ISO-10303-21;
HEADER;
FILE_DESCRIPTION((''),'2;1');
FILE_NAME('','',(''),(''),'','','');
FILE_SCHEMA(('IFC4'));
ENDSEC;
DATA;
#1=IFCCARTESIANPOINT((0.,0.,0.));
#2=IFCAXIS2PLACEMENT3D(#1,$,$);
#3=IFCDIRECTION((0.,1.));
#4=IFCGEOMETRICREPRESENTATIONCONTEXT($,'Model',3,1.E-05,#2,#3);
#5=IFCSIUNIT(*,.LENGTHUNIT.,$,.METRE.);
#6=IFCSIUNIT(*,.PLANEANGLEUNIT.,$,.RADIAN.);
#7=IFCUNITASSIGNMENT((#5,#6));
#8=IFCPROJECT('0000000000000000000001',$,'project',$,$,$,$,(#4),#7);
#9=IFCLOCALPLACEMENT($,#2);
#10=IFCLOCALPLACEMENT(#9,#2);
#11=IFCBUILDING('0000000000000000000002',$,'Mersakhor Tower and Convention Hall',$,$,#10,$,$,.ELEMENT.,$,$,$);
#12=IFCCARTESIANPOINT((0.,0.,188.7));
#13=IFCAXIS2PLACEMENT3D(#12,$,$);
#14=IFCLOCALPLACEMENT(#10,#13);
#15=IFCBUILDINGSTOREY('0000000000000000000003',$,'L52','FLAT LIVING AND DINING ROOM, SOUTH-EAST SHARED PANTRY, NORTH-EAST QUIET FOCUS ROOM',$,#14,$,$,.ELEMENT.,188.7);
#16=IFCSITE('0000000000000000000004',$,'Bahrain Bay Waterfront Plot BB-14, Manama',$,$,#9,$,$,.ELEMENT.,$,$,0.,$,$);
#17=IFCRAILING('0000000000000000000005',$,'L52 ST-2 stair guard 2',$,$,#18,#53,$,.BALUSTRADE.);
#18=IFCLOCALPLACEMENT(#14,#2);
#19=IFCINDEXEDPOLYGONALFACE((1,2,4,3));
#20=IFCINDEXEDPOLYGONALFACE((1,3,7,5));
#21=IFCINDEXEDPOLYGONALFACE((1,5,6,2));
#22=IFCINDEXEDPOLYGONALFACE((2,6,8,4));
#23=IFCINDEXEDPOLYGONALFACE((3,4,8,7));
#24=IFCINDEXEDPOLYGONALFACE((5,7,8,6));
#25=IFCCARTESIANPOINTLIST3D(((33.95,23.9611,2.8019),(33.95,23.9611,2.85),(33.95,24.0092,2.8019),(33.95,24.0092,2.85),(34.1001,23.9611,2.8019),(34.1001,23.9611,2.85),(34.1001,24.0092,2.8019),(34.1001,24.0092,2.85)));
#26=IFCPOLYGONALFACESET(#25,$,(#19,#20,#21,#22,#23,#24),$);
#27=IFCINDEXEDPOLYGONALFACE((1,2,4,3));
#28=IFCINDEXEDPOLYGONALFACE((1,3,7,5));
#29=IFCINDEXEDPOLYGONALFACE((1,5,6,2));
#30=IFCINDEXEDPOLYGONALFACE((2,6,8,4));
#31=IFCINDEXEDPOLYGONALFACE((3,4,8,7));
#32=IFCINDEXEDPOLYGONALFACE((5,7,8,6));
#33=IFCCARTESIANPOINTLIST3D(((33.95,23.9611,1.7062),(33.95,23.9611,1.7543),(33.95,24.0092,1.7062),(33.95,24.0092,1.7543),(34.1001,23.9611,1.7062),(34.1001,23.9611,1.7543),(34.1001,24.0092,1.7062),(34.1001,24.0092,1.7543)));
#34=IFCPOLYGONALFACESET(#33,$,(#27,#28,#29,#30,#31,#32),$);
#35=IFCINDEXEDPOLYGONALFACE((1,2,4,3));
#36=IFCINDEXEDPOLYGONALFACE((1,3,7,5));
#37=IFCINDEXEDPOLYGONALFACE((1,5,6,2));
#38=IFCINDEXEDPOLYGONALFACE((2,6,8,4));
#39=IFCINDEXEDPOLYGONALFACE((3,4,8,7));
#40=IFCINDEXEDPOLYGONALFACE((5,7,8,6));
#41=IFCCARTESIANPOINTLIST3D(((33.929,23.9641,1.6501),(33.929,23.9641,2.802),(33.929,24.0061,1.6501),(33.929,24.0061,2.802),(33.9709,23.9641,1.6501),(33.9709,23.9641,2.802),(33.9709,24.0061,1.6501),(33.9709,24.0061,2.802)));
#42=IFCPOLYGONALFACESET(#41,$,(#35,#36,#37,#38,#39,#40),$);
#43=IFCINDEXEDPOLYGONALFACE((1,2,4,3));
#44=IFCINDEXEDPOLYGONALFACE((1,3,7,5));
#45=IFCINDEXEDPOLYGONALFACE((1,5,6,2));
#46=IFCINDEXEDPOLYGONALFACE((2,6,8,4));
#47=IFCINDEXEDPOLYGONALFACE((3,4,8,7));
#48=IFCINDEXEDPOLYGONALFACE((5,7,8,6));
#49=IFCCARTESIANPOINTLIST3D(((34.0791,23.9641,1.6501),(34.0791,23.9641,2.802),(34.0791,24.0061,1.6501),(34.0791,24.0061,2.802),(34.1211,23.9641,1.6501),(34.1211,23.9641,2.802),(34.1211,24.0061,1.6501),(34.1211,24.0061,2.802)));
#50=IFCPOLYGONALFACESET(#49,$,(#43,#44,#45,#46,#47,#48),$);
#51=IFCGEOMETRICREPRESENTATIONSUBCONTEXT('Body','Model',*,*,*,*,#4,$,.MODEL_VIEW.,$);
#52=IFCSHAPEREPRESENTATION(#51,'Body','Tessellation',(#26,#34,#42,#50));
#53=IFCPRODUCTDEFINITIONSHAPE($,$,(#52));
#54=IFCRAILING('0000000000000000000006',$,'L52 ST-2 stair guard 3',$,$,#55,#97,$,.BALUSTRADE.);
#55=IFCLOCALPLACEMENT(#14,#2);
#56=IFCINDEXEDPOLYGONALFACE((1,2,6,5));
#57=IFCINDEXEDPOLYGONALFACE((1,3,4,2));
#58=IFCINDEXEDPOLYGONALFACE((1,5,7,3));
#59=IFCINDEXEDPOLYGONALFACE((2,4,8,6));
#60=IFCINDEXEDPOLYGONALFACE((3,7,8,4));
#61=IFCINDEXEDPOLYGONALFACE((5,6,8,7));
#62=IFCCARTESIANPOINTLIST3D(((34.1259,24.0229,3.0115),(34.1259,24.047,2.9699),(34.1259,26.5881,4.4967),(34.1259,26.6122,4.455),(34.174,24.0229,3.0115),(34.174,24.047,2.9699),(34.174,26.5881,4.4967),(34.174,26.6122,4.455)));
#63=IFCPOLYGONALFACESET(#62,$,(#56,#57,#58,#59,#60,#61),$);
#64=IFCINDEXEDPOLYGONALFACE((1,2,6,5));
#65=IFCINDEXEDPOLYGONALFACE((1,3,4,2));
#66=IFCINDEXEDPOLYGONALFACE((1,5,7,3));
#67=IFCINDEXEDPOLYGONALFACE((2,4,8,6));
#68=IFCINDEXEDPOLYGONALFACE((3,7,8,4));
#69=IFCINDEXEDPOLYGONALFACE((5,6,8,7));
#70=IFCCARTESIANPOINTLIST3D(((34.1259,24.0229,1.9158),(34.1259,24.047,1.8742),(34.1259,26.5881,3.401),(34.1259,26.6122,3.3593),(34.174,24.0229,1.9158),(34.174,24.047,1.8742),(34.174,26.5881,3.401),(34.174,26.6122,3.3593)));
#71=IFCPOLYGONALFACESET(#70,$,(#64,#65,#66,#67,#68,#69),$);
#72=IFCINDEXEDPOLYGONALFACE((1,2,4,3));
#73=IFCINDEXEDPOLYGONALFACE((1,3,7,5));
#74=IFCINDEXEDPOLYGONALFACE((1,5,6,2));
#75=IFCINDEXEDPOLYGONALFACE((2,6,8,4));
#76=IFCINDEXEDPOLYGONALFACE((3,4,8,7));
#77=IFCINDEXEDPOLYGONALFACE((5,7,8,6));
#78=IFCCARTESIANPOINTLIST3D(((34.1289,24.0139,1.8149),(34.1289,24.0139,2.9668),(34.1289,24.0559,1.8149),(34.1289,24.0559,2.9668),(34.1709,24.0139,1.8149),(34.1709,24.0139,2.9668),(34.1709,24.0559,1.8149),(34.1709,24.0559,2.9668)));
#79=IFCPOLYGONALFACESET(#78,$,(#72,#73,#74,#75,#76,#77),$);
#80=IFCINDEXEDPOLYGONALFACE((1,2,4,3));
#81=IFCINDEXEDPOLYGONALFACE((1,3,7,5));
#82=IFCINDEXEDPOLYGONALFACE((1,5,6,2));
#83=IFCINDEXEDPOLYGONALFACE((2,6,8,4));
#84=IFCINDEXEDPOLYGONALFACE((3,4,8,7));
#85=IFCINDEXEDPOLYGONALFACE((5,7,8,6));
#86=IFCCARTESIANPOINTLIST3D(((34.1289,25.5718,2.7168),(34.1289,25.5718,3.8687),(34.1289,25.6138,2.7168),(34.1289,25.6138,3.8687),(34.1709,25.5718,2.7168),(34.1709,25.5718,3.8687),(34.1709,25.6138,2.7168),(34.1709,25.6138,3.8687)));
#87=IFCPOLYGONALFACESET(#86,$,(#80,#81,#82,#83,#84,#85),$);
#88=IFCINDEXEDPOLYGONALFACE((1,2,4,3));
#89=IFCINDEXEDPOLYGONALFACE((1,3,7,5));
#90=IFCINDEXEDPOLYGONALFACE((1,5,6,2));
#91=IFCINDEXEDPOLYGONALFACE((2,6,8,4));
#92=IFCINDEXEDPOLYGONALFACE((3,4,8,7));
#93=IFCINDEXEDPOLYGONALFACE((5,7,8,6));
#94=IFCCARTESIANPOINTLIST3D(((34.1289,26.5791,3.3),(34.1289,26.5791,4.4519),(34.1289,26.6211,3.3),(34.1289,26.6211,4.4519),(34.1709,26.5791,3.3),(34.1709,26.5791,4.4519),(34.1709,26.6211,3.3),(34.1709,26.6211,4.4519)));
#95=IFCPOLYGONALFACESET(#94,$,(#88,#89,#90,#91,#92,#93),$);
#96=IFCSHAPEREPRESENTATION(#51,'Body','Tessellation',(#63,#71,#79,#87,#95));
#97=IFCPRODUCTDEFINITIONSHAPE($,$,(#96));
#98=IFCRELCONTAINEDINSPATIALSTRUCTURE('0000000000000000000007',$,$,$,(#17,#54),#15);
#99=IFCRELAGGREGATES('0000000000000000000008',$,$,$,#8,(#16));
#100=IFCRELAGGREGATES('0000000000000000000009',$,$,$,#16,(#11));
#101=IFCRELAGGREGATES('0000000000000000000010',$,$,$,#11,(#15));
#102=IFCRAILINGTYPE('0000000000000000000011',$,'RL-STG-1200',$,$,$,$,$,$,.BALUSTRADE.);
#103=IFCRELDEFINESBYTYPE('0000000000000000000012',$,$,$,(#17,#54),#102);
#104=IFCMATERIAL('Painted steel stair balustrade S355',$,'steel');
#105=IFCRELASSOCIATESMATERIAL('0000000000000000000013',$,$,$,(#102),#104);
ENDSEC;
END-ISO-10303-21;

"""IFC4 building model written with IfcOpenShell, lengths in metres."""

from ifc_helpers import new_model, si_unit, direction, frame, origin, origin_2d, place, context, subcontext, project, spatial, rectangle, extrude, material, type_object, element, save


model = new_model("IFC4")

# Units and contexts
model_context = context("Model", 3, precision=1e-05, world=origin(), true_north=direction((0.0, 1.0)))
body_context = subcontext(model_context, "Body", "Model", "MODEL_VIEW")
ifc_project = project(units=[si_unit("LENGTHUNIT", "METRE"), si_unit("PLANEANGLEUNIT", "RADIAN")], contexts=[model_context])

# Site, building, storey
site_placement = place(None, origin())
site = spatial("IfcSite", under=ifc_project, at=site_placement, Name="Bahrain Bay Waterfront Plot BB-14, Manama", CompositionType="ELEMENT", RefElevation=0.0)
building_placement = place(site_placement, origin())
building = spatial("IfcBuilding", under=site, at=building_placement, Name="Mersakhor Tower and Convention Hall", CompositionType="ELEMENT")
storey_placement = place(building_placement, frame((0.0, 0.0, 188.7)))
storey = spatial("IfcBuildingStorey", under=building, at=storey_placement, Name="L52", Description="FLAT LIVING AND DINING ROOM, SOUTH-EAST SHARED PANTRY, NORTH-EAST QUIET FOCUS ROOM", CompositionType="ELEMENT", Elevation=188.7)

# Railings
ifc_material_1 = material(Name="Painted steel stair balustrade S355", Category="steel")
railing_type = type_object("IfcRailingType", Name="RL-STG-1200", PredefinedType="BALUSTRADE", material=ifc_material_1)
railing_1_placement = place(storey_placement, frame((33.95, 23.9851, 1.6501)))
element("IfcRailing", 1, at=railing_1_placement, inside=storey, type_object=railing_type, Name="L52 ST-2 stair guard 2", PredefinedType="BALUSTRADE", context=body_context, shape_type="SweptSolid", body=[
    extrude(rectangle(XDim=0.0481, YDim=0.0481, at=origin_2d()), frame((0.0, 0.0, 1.1758), z_axis=(1.0, 0.0, 0.0), x_axis=(0.0, 1.0, 0.0)), (0.0, 0.0, 1.0), 0.1501),
    extrude(rectangle(XDim=0.0481, YDim=0.0481, at=origin_2d()), frame((0.0, 0.0, 0.0801), z_axis=(1.0, 0.0, 0.0), x_axis=(0.0, 1.0, 0.0)), (0.0, 0.0, 1.0), 0.1501),
    extrude(rectangle(XDim=0.042, YDim=0.042, at=origin_2d()), origin(), (0.0, 0.0, 1.0), 1.1519),
    extrude(rectangle(XDim=0.042, YDim=0.042, at=origin_2d()), frame((0.1501, 0.0, 0.0)), (0.0, 0.0, 1.0), 1.1519),
])
railing_2_placement = place(storey_placement, frame((34.1499, 24.0349, 1.8149)))
element("IfcRailing", 2, at=railing_2_placement, inside=storey, type_object=railing_type, Name="L52 ST-2 stair guard 3", PredefinedType="BALUSTRADE", context=body_context, shape_type="SweptSolid", body=[
    extrude(rectangle(XDim=0.0481, YDim=0.0481, at=origin_2d()), frame((0.0, 0.0, 1.1758), z_axis=(0.0, 0.865426, 0.501036), x_axis=(-1.0, 0.0, 0.0)), (0.0, 0.0, 1.0), 2.9641),
    extrude(rectangle(XDim=0.0481, YDim=0.0481, at=origin_2d()), frame((0.0, 0.0, 0.0801), z_axis=(0.0, 0.865426, 0.501036), x_axis=(-1.0, 0.0, 0.0)), (0.0, 0.0, 1.0), 2.9641),
    extrude(rectangle(XDim=0.042, YDim=0.042, at=origin_2d()), origin(), (0.0, 0.0, 1.0), 1.1519),
    extrude(rectangle(XDim=0.042, YDim=0.042, at=origin_2d()), frame((0.0, 1.5579, 0.9019)), (0.0, 0.0, 1.0), 1.1519),
    extrude(rectangle(XDim=0.042, YDim=0.042, at=origin_2d()), frame((0.0, 2.5652, 1.4851)), (0.0, 0.0, 1.0), 1.1519),
])

save(model, "model.ifc")
